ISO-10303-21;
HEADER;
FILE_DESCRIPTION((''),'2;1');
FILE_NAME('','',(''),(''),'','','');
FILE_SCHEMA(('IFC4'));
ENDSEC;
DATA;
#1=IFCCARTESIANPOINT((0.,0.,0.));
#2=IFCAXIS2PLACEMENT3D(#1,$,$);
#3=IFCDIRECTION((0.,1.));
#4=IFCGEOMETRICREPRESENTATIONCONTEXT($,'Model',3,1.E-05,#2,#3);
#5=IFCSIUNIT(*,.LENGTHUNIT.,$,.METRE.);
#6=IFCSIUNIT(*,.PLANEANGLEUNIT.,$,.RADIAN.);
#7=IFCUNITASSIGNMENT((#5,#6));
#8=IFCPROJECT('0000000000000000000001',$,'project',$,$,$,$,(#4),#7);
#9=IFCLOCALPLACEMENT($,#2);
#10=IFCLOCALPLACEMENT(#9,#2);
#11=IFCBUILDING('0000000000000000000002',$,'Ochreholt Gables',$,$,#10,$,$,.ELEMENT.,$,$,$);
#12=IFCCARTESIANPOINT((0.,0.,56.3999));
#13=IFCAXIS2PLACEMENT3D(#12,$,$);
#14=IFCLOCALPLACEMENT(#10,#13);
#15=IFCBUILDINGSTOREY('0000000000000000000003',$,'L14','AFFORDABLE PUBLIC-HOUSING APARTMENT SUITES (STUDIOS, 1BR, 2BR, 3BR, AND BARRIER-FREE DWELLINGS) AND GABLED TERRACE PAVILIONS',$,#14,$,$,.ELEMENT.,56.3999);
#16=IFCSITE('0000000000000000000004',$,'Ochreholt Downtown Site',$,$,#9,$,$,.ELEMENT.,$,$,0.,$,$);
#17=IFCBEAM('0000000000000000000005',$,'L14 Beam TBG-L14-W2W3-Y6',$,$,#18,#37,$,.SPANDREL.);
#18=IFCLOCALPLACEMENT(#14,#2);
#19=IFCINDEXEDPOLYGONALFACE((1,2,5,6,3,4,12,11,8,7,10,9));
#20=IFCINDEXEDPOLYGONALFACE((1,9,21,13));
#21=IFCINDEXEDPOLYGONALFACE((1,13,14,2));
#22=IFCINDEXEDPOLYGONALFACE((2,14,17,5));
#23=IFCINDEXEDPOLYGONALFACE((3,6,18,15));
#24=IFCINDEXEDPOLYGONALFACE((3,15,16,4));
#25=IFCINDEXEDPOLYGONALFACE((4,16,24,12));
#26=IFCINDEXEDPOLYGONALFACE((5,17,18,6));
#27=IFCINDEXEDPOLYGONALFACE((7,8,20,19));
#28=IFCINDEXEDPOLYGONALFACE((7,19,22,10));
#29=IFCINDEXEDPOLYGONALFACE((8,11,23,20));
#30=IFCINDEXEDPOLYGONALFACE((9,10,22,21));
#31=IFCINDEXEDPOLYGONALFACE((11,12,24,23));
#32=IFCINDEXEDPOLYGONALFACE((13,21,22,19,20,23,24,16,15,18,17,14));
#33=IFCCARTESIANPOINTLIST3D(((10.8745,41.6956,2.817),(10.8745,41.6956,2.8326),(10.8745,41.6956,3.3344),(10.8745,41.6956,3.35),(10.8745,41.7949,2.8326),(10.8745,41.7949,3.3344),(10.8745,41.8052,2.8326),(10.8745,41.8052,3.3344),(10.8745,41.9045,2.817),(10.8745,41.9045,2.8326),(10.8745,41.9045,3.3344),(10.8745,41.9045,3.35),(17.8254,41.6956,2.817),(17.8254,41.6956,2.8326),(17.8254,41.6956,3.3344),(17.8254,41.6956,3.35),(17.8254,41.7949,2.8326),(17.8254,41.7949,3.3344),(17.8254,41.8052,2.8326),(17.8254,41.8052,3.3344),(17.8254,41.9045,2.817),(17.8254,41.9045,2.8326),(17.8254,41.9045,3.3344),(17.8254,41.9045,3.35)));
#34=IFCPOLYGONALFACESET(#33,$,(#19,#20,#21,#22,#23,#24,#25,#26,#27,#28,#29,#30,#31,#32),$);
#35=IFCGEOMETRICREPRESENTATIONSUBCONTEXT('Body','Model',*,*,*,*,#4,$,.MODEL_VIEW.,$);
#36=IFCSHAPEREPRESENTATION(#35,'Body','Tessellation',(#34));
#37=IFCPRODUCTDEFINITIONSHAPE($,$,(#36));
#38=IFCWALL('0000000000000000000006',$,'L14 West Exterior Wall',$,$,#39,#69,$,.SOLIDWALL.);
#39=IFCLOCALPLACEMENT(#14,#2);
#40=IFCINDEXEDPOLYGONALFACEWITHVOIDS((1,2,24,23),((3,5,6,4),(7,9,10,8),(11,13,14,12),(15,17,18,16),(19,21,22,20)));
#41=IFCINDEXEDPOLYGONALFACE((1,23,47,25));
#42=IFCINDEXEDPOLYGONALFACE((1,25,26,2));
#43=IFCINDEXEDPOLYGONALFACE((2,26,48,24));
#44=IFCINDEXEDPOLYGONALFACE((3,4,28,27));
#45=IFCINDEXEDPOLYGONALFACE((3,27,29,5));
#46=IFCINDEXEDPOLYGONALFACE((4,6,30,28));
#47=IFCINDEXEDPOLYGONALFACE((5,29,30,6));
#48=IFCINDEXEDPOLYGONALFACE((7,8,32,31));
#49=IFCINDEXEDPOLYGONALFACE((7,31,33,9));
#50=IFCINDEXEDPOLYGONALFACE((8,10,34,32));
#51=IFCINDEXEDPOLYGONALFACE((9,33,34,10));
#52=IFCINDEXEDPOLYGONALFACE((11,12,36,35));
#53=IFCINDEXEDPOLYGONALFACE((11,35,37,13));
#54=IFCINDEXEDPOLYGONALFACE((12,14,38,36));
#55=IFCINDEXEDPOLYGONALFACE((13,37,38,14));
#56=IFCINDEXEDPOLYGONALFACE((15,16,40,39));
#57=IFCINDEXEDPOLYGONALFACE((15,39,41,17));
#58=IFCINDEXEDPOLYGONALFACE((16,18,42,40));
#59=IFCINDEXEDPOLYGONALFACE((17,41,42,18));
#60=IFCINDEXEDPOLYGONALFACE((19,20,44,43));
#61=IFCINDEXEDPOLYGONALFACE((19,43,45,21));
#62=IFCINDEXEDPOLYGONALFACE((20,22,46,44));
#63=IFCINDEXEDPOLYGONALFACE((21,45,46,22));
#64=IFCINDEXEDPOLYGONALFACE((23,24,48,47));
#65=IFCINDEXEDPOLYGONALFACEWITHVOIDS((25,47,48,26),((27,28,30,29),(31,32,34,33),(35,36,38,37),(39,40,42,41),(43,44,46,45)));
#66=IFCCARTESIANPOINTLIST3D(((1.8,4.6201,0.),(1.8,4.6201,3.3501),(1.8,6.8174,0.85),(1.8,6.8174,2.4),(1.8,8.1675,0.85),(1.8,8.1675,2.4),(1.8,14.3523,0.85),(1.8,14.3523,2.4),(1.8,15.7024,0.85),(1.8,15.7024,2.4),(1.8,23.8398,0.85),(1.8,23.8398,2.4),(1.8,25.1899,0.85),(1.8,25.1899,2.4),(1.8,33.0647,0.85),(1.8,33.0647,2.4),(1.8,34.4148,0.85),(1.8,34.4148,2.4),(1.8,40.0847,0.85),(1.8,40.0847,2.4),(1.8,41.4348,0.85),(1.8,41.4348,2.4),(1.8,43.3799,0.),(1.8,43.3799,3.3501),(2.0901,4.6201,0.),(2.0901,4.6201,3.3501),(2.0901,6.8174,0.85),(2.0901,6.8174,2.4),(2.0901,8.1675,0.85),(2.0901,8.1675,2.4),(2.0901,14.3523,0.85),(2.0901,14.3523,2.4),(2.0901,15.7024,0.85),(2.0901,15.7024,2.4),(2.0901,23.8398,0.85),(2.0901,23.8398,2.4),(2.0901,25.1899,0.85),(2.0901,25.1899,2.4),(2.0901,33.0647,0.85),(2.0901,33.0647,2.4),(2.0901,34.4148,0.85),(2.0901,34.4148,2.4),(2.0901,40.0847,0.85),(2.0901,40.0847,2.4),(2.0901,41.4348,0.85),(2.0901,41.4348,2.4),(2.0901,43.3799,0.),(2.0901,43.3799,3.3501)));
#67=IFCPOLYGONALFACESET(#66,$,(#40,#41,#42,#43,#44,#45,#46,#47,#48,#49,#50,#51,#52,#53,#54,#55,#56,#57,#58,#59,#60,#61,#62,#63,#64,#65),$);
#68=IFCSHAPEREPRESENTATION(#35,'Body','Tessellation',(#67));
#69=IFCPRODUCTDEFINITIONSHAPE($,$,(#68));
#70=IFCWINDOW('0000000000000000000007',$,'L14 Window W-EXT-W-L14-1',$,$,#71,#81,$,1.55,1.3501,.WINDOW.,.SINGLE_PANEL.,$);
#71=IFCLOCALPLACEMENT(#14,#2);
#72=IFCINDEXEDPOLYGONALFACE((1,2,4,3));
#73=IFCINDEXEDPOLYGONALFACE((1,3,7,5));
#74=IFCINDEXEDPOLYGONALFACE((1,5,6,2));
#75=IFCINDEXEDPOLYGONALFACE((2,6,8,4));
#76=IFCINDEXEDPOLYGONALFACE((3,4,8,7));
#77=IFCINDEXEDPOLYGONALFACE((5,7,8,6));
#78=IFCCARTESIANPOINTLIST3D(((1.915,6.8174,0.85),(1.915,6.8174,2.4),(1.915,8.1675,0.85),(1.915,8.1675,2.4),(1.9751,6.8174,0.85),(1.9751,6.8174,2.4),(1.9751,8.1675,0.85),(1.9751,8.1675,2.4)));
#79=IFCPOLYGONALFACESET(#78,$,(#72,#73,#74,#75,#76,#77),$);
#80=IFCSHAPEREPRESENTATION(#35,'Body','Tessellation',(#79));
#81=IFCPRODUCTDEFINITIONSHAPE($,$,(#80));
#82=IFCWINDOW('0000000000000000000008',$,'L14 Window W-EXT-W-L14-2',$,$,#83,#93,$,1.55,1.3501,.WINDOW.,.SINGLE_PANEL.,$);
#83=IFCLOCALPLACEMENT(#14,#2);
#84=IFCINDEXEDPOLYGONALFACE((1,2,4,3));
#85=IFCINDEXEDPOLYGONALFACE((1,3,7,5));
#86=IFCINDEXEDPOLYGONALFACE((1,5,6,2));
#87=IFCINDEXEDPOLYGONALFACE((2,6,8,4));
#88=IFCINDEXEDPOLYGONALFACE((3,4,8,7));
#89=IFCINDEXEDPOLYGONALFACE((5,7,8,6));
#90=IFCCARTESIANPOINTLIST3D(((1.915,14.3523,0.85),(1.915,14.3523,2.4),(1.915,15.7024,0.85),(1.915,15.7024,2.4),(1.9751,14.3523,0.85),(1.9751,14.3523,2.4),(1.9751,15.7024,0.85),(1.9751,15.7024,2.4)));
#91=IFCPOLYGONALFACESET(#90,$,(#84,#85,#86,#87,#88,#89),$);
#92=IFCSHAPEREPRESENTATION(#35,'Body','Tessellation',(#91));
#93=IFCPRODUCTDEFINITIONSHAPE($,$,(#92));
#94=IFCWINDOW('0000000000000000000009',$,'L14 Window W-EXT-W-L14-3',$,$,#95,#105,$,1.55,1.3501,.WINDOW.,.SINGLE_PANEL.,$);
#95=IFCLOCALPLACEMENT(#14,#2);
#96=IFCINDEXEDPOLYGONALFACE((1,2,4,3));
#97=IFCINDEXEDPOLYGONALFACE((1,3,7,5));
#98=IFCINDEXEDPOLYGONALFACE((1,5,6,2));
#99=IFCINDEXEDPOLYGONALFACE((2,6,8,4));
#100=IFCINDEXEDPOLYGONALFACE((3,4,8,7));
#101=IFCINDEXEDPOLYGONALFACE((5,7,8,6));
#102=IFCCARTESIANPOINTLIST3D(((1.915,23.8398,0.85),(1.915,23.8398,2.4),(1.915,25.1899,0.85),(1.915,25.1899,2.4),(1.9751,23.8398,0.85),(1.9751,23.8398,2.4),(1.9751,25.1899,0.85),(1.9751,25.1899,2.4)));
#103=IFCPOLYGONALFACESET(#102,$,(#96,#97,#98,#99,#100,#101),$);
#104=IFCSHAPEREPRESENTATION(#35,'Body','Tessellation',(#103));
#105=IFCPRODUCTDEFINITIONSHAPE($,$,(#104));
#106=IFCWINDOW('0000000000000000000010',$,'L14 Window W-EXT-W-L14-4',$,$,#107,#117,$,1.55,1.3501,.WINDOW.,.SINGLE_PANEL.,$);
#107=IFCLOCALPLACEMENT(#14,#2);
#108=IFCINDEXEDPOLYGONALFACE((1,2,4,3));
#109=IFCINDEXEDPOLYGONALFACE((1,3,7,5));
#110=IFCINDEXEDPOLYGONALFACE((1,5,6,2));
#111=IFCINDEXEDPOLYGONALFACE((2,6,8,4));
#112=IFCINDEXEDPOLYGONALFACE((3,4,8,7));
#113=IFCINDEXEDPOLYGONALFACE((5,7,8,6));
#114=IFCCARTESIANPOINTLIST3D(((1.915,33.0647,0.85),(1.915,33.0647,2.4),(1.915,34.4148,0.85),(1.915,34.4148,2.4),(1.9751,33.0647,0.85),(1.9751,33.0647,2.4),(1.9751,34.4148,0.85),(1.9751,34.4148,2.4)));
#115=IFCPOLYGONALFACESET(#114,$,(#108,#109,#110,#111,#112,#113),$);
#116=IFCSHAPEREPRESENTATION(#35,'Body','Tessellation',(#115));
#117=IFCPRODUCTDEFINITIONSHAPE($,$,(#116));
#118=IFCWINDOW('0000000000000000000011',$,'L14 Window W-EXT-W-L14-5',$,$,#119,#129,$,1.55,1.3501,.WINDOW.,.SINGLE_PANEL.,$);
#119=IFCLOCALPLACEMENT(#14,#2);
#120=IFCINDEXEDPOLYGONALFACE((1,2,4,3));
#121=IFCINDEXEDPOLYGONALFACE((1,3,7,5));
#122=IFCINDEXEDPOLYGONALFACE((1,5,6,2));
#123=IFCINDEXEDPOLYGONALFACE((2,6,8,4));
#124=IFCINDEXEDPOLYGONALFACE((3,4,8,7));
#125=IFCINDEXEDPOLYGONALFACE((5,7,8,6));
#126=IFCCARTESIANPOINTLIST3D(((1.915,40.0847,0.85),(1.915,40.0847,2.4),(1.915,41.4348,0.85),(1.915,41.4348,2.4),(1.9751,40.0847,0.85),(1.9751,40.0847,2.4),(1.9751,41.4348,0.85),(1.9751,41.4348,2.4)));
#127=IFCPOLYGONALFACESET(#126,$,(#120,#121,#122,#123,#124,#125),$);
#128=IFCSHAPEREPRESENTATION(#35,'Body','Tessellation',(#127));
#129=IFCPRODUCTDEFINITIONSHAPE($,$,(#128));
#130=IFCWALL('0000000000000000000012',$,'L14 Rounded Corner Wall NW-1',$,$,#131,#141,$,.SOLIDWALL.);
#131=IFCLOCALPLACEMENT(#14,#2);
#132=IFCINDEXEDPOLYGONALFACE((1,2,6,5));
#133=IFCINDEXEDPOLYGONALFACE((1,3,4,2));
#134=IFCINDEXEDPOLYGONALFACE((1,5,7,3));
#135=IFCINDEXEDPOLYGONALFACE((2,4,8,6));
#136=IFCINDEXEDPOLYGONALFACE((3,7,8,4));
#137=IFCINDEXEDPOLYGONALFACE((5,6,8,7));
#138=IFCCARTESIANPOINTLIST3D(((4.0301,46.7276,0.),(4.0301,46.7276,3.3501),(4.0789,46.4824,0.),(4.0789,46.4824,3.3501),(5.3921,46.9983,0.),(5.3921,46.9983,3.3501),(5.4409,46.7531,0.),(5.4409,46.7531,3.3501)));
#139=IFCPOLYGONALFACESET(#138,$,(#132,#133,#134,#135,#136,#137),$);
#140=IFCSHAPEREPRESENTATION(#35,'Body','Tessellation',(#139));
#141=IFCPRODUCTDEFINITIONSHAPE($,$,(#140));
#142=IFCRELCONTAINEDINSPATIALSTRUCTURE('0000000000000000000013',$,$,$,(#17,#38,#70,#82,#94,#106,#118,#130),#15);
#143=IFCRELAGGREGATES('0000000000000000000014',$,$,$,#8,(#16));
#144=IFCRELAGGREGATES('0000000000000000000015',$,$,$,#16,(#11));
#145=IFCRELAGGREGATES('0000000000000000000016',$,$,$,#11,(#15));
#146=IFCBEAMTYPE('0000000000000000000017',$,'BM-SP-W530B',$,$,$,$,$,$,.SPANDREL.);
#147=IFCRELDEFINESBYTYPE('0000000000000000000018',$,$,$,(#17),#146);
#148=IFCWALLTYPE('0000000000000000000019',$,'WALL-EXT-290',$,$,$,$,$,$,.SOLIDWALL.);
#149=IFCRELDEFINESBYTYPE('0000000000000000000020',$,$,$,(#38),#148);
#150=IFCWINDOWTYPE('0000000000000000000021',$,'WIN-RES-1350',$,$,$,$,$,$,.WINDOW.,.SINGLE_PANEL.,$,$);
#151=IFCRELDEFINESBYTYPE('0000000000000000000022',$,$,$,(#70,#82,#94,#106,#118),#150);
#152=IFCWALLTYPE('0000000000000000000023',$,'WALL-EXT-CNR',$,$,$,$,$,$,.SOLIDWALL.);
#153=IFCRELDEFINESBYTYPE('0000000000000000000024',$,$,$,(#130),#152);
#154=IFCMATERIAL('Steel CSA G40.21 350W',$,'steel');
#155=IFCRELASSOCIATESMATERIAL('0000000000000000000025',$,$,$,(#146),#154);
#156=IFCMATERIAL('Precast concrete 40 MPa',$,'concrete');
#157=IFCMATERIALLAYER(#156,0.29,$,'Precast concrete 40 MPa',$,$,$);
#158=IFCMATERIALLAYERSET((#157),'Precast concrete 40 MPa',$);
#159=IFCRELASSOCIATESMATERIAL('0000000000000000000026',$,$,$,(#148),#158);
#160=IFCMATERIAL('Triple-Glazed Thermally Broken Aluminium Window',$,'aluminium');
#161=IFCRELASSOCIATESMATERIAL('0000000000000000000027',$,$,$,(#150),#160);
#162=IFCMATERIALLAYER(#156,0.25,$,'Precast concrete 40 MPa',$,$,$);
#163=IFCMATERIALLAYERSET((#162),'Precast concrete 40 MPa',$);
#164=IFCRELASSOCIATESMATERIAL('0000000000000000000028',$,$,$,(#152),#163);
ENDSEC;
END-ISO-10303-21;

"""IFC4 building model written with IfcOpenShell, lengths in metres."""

from ifc_helpers import new_model, si_unit, direction, frame, frame_2d, origin, origin_2d, place, context, subcontext, project, spatial, rectangle, i_section, extrude, material, layer, layer_set, material_profile, profile_set, type_object, element, fill, save


model = new_model("IFC4")

# Units and contexts
model_context = context("Model", 3, precision=1e-05, world=origin(), true_north=direction((0.0, 1.0)))
body_context = subcontext(model_context, "Body", "Model", "MODEL_VIEW")
ifc_project = project(units=[si_unit("LENGTHUNIT", "METRE"), si_unit("PLANEANGLEUNIT", "RADIAN")], contexts=[model_context])

# Site, building, storey
site_placement = place(None, origin())
site = spatial("IfcSite", under=ifc_project, at=site_placement, Name="Ochreholt Downtown Site", CompositionType="ELEMENT", RefElevation=0.0)
building_placement = place(site_placement, origin())
building = spatial("IfcBuilding", under=site, at=building_placement, Name="Ochreholt Gables", CompositionType="ELEMENT")
storey_placement = place(building_placement, frame((0.0, 0.0, 56.3999)))
storey = spatial("IfcBuildingStorey", under=building, at=storey_placement, Name="L14", Description="AFFORDABLE PUBLIC-HOUSING APARTMENT SUITES (STUDIOS, 1BR, 2BR, 3BR, AND BARRIER-FREE DWELLINGS) AND GABLED TERRACE PAVILIONS", CompositionType="ELEMENT", Elevation=56.3999)

# Shared definitions
ifc_material_1 = material(Name="Steel CSA G40.21 350W", Category="steel")

# Beam
ifc_material_profile_1 = material_profile(ifc_material_1, i_section(OverallWidth=0.209, OverallDepth=0.533, WebThickness=0.0103, FlangeThickness=0.0156, at=origin_2d()), Name="W530X92")
ifc_profile_set_1 = profile_set([ifc_material_profile_1], Name="Steel CSA G40.21 350W")
beam_type_1 = type_object("IfcBeamType", Name="BM-SP-W530B", PredefinedType="SPANDREL", material=ifc_profile_set_1)
beam_1_placement = place(storey_placement, frame((10.8745, 41.8, 3.0835), z_axis=(1.0, 0.0, 0.0), x_axis=(0.0, 1.0, 0.0)))
element("IfcBeam", 1, at=beam_1_placement, inside=storey, type_object=beam_type_1, Name="L14 Beam TBG-L14-W2W3-Y6", PredefinedType="SPANDREL", context=body_context, shape_type="SweptSolid", body=[
    extrude(i_section(OverallWidth=0.209, OverallDepth=0.533, WebThickness=0.0103, FlangeThickness=0.0156, at=origin_2d()), origin(), (0.0, 0.0, 1.0), 6.9509),
])

# Wall, openings, windows
ifc_material_2 = material(Name="Precast concrete 40 MPa", Category="concrete")
ifc_layer_1 = layer(ifc_material_2, 0.29, Name="Precast concrete 40 MPa")
ifc_layer_set_1 = layer_set([ifc_layer_1], Name="Precast concrete 40 MPa")
wall_type_1 = type_object("IfcWallType", Name="WALL-EXT-290", PredefinedType="SOLIDWALL", material=ifc_layer_set_1)
wall_1_placement = place(storey_placement, frame((1.9451, 43.3799, 0.0), z_axis=(0.0, 0.0, 1.0), x_axis=(0.0, -1.0, 0.0)))
wall_1 = element("IfcWall", 2, at=wall_1_placement, inside=storey, type_object=wall_type_1, Name="L14 West Exterior Wall", PredefinedType="SOLIDWALL", context=body_context, shape_type="SweptSolid", body=[
    extrude(rectangle(XDim=38.7598, YDim=0.29, at=frame_2d((19.3799, 0.0))), origin(), (0.0, 0.0, 1.0), 3.3501),
])
opening_1_placement = place(wall_1_placement, frame((35.2124, 0.0, 0.8501)))
opening_1 = element("IfcOpeningElement", 3, at=opening_1_placement, cuts=wall_1, PredefinedType="OPENING", context=body_context, shape_type="SweptSolid", body=[
    extrude(rectangle(XDim=1.3501, YDim=1.55, at=frame_2d((0.675, 0.7749))), frame((0.0, 0.155, 0.0), z_axis=(0.0, -1.0, 0.0), x_axis=(1.0, 0.0, 0.0)), (0.0, 0.0, 1.0), 0.3101),
])
opening_2_placement = place(wall_1_placement, frame((27.6775, 0.0, 0.8501)))
opening_2 = element("IfcOpeningElement", 4, at=opening_2_placement, cuts=wall_1, PredefinedType="OPENING", context=body_context, shape_type="SweptSolid", body=[
    extrude(rectangle(XDim=1.3501, YDim=1.55, at=frame_2d((0.675, 0.7749))), frame((0.0, 0.155, 0.0), z_axis=(0.0, -1.0, 0.0), x_axis=(1.0, 0.0, 0.0)), (0.0, 0.0, 1.0), 0.3101),
])
opening_3_placement = place(wall_1_placement, frame((18.1899, 0.0, 0.8501)))
opening_3 = element("IfcOpeningElement", 5, at=opening_3_placement, cuts=wall_1, PredefinedType="OPENING", context=body_context, shape_type="SweptSolid", body=[
    extrude(rectangle(XDim=1.3501, YDim=1.55, at=frame_2d((0.675, 0.7749))), frame((0.0, 0.155, 0.0), z_axis=(0.0, -1.0, 0.0), x_axis=(1.0, 0.0, 0.0)), (0.0, 0.0, 1.0), 0.3101),
])
opening_4_placement = place(wall_1_placement, frame((8.9651, 0.0, 0.8501)))
opening_4 = element("IfcOpeningElement", 6, at=opening_4_placement, cuts=wall_1, PredefinedType="OPENING", context=body_context, shape_type="SweptSolid", body=[
    extrude(rectangle(XDim=1.3501, YDim=1.55, at=frame_2d((0.675, 0.7749))), frame((0.0, 0.155, 0.0), z_axis=(0.0, -1.0, 0.0), x_axis=(1.0, 0.0, 0.0)), (0.0, 0.0, 1.0), 0.3101),
])
opening_5_placement = place(wall_1_placement, frame((1.9451, 0.0, 0.8501)))
opening_5 = element("IfcOpeningElement", 7, at=opening_5_placement, cuts=wall_1, PredefinedType="OPENING", context=body_context, shape_type="SweptSolid", body=[
    extrude(rectangle(XDim=1.3501, YDim=1.55, at=frame_2d((0.675, 0.7749))), frame((0.0, 0.155, 0.0), z_axis=(0.0, -1.0, 0.0), x_axis=(1.0, 0.0, 0.0)), (0.0, 0.0, 1.0), 0.3101),
])
ifc_material_3 = material(Name="Triple-Glazed Thermally Broken Aluminium Window", Category="aluminium")
window_type_1 = type_object("IfcWindowType", Name="WIN-RES-1350", PartitioningType="SINGLE_PANEL", PredefinedType="WINDOW", material=ifc_material_3)
window_1_placement = place(opening_1_placement, origin())
window_1 = element("IfcWindow", 8, at=window_1_placement, inside=storey, type_object=window_type_1, Name="L14 Window W-EXT-W-L14-1", OverallHeight=1.55, OverallWidth=1.3501, PartitioningType="SINGLE_PANEL", PredefinedType="WINDOW", context=body_context, shape_type="SweptSolid", body=[
    extrude(rectangle(XDim=1.3501, YDim=1.55, at=frame_2d((0.675, 0.7749))), frame((0.0, 0.03, 0.0), z_axis=(0.0, -1.0, 0.0), x_axis=(1.0, 0.0, 0.0)), (0.0, 0.0, 1.0), 0.0601),
])
fill(opening_1, window_1)
window_2_placement = place(opening_2_placement, origin())
window_2 = element("IfcWindow", 9, at=window_2_placement, inside=storey, type_object=window_type_1, Name="L14 Window W-EXT-W-L14-2", OverallHeight=1.55, OverallWidth=1.3501, PartitioningType="SINGLE_PANEL", PredefinedType="WINDOW", context=body_context, shape_type="SweptSolid", body=[
    extrude(rectangle(XDim=1.3501, YDim=1.55, at=frame_2d((0.675, 0.7749))), frame((0.0, 0.03, 0.0), z_axis=(0.0, -1.0, 0.0), x_axis=(1.0, 0.0, 0.0)), (0.0, 0.0, 1.0), 0.0601),
])
fill(opening_2, window_2)
window_3_placement = place(opening_3_placement, origin())
window_3 = element("IfcWindow", 10, at=window_3_placement, inside=storey, type_object=window_type_1, Name="L14 Window W-EXT-W-L14-3", OverallHeight=1.55, OverallWidth=1.3501, PartitioningType="SINGLE_PANEL", PredefinedType="WINDOW", context=body_context, shape_type="SweptSolid", body=[
    extrude(rectangle(XDim=1.3501, YDim=1.55, at=frame_2d((0.675, 0.7749))), frame((0.0, 0.03, 0.0), z_axis=(0.0, -1.0, 0.0), x_axis=(1.0, 0.0, 0.0)), (0.0, 0.0, 1.0), 0.0601),
])
fill(opening_3, window_3)
window_4_placement = place(opening_4_placement, origin())
window_4 = element("IfcWindow", 11, at=window_4_placement, inside=storey, type_object=window_type_1, Name="L14 Window W-EXT-W-L14-4", OverallHeight=1.55, OverallWidth=1.3501, PartitioningType="SINGLE_PANEL", PredefinedType="WINDOW", context=body_context, shape_type="SweptSolid", body=[
    extrude(rectangle(XDim=1.3501, YDim=1.55, at=frame_2d((0.675, 0.7749))), frame((0.0, 0.03, 0.0), z_axis=(0.0, -1.0, 0.0), x_axis=(1.0, 0.0, 0.0)), (0.0, 0.0, 1.0), 0.0601),
])
fill(opening_4, window_4)
window_5_placement = place(opening_5_placement, origin())
window_5 = element("IfcWindow", 12, at=window_5_placement, inside=storey, type_object=window_type_1, Name="L14 Window W-EXT-W-L14-5", OverallHeight=1.55, OverallWidth=1.3501, PartitioningType="SINGLE_PANEL", PredefinedType="WINDOW", context=body_context, shape_type="SweptSolid", body=[
    extrude(rectangle(XDim=1.3501, YDim=1.55, at=frame_2d((0.675, 0.7749))), frame((0.0, 0.03, 0.0), z_axis=(0.0, -1.0, 0.0), x_axis=(1.0, 0.0, 0.0)), (0.0, 0.0, 1.0), 0.0601),
])
fill(opening_5, window_5)

# Wall
ifc_layer_2 = layer(ifc_material_2, 0.25, Name="Precast concrete 40 MPa")
ifc_layer_set_2 = layer_set([ifc_layer_2], Name="Precast concrete 40 MPa")
wall_type_2 = type_object("IfcWallType", Name="WALL-EXT-CNR", PredefinedType="SOLIDWALL", material=ifc_layer_set_2)
wall_2_placement = place(storey_placement, frame((5.4165, 46.8757, 0.0), z_axis=(0.0, 0.0, 1.0), x_axis=(-0.98081, -0.194967, 0.0)))
element("IfcWall", 13, at=wall_2_placement, inside=storey, type_object=wall_type_2, Name="L14 Rounded Corner Wall NW-1", PredefinedType="SOLIDWALL", context=body_context, shape_type="SweptSolid", body=[
    extrude(rectangle(XDim=1.3887, YDim=0.25, at=frame_2d((0.6943, 0.0))), origin(), (0.0, 0.0, 1.0), 3.3501),
])

save(model, "model.ifc")
